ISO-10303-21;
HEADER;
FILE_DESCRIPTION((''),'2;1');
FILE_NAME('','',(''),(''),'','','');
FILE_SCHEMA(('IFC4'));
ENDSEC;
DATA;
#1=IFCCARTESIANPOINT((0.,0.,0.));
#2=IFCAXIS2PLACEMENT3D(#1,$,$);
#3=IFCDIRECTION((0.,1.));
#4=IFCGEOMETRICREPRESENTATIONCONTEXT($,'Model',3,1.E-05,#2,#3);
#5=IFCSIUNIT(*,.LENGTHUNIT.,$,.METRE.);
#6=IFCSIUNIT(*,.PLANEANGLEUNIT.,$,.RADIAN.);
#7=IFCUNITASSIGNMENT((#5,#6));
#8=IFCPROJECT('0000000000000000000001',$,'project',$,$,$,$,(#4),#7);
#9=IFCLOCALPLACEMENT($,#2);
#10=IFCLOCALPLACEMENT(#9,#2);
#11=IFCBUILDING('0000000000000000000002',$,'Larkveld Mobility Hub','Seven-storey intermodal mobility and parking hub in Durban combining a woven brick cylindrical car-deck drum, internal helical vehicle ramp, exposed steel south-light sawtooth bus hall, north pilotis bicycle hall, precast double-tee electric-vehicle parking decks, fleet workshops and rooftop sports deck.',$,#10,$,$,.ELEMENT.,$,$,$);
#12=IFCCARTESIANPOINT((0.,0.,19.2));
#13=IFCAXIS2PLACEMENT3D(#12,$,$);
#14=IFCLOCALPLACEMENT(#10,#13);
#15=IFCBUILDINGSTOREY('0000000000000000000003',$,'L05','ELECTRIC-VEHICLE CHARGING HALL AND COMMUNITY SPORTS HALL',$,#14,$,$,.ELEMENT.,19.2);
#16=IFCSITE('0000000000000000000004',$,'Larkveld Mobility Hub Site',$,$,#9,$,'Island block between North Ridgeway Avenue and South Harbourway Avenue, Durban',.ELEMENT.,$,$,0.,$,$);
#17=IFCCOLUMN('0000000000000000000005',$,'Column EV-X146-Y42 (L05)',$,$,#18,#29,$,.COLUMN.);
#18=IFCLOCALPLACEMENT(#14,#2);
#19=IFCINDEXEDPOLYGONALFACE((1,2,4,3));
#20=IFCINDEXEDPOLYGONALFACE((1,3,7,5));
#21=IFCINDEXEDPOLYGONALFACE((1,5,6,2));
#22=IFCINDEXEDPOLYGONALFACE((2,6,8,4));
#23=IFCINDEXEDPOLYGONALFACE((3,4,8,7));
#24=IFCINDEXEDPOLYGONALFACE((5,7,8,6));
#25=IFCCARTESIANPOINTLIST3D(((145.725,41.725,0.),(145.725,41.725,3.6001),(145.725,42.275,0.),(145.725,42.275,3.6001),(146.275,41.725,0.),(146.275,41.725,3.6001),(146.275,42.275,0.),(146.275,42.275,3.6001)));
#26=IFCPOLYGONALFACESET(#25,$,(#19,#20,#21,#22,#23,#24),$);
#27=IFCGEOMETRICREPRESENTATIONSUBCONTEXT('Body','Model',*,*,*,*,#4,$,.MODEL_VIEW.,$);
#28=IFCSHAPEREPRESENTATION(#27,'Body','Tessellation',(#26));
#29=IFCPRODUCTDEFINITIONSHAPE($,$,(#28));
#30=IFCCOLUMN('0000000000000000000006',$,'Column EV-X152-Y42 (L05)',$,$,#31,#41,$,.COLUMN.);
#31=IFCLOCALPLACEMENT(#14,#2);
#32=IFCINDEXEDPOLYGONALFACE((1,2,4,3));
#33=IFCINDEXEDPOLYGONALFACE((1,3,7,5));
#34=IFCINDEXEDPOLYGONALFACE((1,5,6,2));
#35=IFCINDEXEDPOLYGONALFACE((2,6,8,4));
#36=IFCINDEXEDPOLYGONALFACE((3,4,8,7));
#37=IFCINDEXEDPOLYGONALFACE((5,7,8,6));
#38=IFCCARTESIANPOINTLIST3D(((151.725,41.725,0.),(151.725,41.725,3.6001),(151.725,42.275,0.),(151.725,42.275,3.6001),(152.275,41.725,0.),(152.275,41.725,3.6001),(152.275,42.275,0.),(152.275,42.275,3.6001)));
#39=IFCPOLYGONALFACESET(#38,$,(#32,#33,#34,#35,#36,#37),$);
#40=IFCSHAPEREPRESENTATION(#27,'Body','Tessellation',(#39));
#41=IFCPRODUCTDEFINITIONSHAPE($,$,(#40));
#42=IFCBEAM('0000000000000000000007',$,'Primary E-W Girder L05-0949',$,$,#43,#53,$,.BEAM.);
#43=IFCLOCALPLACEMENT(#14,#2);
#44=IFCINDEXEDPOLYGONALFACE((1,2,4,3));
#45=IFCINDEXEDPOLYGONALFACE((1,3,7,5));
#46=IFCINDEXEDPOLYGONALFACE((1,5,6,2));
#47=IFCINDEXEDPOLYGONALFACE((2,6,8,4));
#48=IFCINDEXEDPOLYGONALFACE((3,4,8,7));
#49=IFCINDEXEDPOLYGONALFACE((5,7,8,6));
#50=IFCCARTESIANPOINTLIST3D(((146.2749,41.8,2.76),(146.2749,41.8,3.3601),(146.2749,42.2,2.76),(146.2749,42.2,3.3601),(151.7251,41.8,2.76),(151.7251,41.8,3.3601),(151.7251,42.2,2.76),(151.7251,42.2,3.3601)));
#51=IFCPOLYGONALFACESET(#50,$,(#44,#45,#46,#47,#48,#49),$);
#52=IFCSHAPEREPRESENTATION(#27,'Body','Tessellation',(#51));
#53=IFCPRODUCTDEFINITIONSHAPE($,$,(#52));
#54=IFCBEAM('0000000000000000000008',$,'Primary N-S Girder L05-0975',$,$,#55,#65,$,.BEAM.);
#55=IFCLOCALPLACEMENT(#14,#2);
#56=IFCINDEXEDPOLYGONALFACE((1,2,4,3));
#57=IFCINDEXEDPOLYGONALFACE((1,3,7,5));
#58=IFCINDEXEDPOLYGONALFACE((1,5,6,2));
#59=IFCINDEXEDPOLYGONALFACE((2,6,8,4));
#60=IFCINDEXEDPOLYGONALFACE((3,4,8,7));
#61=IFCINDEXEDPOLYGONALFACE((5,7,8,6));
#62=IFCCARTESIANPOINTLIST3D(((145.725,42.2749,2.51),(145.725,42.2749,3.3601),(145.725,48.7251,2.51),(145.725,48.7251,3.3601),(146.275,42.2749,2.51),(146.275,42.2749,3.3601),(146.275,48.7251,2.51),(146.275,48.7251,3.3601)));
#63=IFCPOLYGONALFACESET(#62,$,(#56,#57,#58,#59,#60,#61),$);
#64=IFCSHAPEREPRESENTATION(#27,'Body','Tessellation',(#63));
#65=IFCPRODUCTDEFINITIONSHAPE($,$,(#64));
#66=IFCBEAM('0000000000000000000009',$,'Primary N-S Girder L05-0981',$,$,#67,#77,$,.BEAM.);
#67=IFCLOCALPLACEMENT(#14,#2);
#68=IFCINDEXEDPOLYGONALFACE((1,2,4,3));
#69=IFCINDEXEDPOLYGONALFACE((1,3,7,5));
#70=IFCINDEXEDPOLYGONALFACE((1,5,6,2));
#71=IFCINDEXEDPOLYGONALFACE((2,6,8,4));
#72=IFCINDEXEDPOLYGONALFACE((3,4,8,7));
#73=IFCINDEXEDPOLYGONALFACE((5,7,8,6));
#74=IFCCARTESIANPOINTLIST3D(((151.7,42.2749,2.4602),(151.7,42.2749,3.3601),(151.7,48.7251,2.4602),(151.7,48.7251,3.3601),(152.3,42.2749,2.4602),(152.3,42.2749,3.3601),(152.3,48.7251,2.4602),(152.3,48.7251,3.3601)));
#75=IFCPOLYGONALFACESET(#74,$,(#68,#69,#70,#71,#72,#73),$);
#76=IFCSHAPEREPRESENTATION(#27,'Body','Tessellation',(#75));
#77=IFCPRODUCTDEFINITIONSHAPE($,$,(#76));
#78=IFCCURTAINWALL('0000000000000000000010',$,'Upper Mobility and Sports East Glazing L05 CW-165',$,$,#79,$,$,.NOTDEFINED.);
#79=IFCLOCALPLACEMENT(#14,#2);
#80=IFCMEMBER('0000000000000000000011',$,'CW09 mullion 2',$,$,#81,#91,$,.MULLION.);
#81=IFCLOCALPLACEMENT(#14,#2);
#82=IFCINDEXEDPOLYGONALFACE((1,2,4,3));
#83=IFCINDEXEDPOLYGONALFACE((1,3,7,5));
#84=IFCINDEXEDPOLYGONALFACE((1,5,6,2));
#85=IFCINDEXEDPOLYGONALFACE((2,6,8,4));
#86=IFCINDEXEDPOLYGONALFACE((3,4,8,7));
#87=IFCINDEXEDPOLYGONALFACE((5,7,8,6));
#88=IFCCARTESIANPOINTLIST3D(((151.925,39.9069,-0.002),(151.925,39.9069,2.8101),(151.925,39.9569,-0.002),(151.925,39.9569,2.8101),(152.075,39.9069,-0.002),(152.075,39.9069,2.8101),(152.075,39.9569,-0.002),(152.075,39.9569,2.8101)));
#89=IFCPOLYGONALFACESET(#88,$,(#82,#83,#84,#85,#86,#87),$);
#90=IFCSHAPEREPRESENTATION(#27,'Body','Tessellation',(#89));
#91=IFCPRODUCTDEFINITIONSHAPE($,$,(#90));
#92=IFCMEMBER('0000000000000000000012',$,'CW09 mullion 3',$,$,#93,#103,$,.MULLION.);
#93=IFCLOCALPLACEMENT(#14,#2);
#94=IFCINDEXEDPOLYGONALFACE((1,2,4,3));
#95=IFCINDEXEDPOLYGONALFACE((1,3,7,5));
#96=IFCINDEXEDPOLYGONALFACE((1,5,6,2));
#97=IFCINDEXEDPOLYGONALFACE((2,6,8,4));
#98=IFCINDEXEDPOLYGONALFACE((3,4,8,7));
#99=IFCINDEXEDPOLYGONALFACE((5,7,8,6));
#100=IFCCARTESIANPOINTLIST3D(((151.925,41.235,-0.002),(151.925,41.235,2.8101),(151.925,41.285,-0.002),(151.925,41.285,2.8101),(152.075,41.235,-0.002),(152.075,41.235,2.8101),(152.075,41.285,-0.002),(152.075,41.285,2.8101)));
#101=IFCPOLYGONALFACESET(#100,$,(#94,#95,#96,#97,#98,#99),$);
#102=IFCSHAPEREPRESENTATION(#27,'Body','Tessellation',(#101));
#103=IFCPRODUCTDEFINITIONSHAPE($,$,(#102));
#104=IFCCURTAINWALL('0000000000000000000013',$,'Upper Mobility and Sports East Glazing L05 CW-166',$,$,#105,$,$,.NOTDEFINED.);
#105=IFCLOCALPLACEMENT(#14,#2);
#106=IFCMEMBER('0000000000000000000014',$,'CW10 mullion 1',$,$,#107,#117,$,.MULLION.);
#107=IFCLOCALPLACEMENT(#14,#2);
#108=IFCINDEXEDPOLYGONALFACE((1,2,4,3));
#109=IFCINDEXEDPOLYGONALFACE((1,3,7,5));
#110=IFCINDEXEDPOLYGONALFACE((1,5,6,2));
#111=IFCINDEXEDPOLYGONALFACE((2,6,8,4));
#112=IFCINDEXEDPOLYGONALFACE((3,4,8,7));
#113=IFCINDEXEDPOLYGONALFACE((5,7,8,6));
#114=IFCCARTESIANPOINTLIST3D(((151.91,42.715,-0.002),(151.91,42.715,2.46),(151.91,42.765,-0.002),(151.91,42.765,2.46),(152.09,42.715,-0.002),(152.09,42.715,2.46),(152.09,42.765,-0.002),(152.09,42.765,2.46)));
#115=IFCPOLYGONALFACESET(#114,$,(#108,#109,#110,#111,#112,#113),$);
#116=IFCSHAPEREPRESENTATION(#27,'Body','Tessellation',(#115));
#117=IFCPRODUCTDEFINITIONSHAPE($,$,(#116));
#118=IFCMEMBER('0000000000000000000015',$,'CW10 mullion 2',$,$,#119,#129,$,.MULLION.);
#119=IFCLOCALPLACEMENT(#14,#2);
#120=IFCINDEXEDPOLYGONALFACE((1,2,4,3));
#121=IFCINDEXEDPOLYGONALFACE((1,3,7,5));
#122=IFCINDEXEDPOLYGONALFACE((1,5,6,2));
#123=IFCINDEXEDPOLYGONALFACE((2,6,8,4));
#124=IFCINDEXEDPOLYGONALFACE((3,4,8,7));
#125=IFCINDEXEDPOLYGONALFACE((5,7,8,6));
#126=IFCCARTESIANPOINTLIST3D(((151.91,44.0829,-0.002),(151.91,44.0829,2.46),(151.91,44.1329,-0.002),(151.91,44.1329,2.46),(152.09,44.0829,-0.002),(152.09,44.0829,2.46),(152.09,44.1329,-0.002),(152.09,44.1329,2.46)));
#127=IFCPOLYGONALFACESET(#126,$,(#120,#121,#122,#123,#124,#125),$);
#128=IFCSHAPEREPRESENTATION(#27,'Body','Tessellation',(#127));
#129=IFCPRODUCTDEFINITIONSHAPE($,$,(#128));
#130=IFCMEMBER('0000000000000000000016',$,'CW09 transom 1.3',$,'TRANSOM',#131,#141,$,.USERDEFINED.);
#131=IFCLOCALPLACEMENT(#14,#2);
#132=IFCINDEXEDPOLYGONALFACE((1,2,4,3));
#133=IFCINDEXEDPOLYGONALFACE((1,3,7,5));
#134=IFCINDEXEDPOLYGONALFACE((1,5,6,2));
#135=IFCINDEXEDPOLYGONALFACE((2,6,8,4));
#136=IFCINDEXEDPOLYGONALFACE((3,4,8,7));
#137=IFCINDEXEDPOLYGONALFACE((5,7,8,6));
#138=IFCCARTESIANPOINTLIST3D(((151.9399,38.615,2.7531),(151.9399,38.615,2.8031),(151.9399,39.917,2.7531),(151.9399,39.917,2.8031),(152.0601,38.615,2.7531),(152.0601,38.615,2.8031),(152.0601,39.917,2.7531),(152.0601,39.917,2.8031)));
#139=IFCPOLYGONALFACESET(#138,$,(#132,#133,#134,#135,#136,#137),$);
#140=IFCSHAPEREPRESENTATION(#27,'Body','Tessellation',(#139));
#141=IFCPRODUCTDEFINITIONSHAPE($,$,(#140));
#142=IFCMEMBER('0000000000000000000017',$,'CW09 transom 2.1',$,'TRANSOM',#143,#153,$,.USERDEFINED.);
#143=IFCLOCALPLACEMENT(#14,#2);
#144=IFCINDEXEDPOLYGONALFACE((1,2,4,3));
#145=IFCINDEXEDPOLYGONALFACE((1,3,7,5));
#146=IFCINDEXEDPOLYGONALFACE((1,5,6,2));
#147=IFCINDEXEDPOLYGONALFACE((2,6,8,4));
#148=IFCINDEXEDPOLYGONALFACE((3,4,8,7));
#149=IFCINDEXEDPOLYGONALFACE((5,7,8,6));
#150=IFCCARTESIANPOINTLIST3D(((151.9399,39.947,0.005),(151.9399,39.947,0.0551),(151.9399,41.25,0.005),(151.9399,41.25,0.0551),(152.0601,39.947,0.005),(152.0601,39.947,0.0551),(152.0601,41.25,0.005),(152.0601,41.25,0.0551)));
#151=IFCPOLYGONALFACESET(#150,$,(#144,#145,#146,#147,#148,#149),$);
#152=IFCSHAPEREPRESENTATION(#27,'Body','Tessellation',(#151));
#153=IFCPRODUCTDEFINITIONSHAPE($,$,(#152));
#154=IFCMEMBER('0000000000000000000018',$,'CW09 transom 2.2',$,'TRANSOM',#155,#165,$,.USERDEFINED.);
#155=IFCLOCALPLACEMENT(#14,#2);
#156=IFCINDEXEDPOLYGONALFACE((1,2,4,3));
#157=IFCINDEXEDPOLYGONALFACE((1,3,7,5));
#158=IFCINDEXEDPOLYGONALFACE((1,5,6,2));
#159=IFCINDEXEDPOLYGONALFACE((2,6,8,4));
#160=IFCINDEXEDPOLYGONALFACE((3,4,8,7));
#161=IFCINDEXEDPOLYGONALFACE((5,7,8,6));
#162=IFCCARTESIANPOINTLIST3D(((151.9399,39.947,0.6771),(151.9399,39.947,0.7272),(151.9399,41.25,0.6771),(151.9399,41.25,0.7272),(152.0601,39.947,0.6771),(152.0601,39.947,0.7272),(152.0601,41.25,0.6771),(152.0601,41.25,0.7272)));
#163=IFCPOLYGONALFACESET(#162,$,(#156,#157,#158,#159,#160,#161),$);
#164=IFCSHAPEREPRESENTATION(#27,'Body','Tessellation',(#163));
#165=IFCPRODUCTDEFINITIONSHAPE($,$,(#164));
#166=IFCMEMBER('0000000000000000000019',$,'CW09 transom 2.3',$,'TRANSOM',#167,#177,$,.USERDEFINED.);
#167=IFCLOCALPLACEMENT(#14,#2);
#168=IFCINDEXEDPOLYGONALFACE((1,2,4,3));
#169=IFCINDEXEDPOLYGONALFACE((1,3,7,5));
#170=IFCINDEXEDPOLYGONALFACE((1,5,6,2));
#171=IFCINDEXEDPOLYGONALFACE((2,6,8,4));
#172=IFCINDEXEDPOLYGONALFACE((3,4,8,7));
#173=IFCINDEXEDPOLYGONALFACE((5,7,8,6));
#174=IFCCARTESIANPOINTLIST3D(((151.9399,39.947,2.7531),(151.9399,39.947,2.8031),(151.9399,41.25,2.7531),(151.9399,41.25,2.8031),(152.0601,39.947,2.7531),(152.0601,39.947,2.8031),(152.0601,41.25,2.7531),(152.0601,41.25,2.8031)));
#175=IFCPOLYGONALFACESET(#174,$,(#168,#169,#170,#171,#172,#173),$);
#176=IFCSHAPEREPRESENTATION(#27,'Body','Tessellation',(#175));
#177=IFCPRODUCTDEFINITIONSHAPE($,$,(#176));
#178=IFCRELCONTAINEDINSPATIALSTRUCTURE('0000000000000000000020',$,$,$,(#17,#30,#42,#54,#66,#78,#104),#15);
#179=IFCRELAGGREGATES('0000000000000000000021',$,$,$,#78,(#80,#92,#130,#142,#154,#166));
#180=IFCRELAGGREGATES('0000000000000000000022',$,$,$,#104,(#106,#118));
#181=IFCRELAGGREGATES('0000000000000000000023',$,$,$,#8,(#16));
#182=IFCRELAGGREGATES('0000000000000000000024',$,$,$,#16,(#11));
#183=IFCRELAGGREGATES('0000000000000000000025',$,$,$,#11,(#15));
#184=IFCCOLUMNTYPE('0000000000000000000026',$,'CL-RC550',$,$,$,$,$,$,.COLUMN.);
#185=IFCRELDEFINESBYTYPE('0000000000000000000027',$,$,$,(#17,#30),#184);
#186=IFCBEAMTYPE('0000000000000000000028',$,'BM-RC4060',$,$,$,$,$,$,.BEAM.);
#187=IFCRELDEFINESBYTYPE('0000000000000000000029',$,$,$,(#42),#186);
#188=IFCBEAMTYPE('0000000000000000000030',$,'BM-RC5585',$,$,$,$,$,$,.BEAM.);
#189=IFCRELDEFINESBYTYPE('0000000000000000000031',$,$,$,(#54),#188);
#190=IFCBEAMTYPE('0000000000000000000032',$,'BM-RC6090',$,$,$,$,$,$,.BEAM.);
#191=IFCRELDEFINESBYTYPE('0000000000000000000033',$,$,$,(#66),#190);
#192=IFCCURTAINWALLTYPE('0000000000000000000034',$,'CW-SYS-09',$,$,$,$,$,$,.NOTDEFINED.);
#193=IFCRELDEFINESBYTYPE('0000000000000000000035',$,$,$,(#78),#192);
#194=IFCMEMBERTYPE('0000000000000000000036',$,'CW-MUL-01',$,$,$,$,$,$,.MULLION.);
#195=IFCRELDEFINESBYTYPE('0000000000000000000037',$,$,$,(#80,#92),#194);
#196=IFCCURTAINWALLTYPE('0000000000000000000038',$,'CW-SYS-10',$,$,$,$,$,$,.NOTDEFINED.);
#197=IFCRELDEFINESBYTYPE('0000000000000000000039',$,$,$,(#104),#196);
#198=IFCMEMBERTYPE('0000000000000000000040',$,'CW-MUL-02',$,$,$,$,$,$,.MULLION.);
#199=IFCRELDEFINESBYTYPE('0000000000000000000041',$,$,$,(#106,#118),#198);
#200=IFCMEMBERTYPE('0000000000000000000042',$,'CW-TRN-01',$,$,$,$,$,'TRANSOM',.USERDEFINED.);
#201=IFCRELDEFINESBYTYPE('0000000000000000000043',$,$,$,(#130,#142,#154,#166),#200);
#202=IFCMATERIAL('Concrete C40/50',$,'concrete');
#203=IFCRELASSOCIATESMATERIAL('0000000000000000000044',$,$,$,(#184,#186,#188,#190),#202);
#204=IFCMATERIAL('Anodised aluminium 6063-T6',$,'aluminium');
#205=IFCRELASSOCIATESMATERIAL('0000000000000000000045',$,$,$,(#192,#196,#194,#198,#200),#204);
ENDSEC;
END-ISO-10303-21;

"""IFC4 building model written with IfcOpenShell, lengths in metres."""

from ifc_helpers import new_model, si_unit, direction, frame, origin, origin_2d, place, context, subcontext, project, spatial, rectangle, extrude, material, material_profile, profile_set, type_object, element, aggregate, save


model = new_model("IFC4")

# Units and contexts
model_context = context("Model", 3, precision=1e-05, world=origin(), true_north=direction((0.0, 1.0)))
body_context = subcontext(model_context, "Body", "Model", "MODEL_VIEW")
ifc_project = project(units=[si_unit("LENGTHUNIT", "METRE"), si_unit("PLANEANGLEUNIT", "RADIAN")], contexts=[model_context])

# Site, building, storey
site_placement = place(None, origin())
site = spatial("IfcSite", under=ifc_project, at=site_placement, Name="Larkveld Mobility Hub Site", LongName="Island block between North Ridgeway Avenue and South Harbourway Avenue, Durban", CompositionType="ELEMENT", RefElevation=0.0)
building_placement = place(site_placement, origin())
building = spatial("IfcBuilding", under=site, at=building_placement, Name="Larkveld Mobility Hub", Description="Seven-storey intermodal mobility and parking hub in Durban combining a woven brick cylindrical car-deck drum, internal helical vehicle ramp, exposed steel south-light sawtooth bus hall, north pilotis bicycle hall, precast double-tee electric-vehicle parking decks, fleet workshops and rooftop sports deck.", CompositionType="ELEMENT")
storey_placement = place(building_placement, frame((0.0, 0.0, 19.2)))
storey = spatial("IfcBuildingStorey", under=building, at=storey_placement, Name="L05", Description="ELECTRIC-VEHICLE CHARGING HALL AND COMMUNITY SPORTS HALL", CompositionType="ELEMENT", Elevation=19.2)

# Columns
ifc_material_1 = material(Name="Concrete C40/50", Category="concrete")
ifc_material_profile_1 = material_profile(ifc_material_1, rectangle(XDim=0.55, YDim=0.55, at=origin_2d()), Name="RC COL 550x550")
ifc_profile_set_1 = profile_set([ifc_material_profile_1], Name="Concrete C40/50")
column_type = type_object("IfcColumnType", Name="CL-RC550", PredefinedType="COLUMN", material=ifc_profile_set_1)
for number, where, z_axis, x_axis, name in (
    (1, (146.0, 42.0, 0.0), (0.0, 0.0, 1.0), (1.0, 0.0, 0.0), "Column EV-X146-Y42 (L05)"),
    (2, (152.0, 42.0, 0.0), (0.0, 0.0, 1.0), (1.0, 0.0, 0.0), "Column EV-X152-Y42 (L05)"),
):
    element("IfcColumn", number, at=place(storey_placement, frame(where, z_axis=z_axis, x_axis=x_axis)), inside=storey, type_object=column_type, Name=name, PredefinedType="COLUMN", context=body_context, shape_type="SweptSolid", body=[
        extrude(rectangle(XDim=0.55, YDim=0.55, at=origin_2d()), origin(), (0.0, 0.0, 1.0), 3.6001),
    ])

# Beams
ifc_material_profile_2 = material_profile(ifc_material_1, rectangle(XDim=0.3999, YDim=0.6001, at=origin_2d()), Name="RC BM 400x600")
ifc_profile_set_2 = profile_set([ifc_material_profile_2], Name="Concrete C40/50")
beam_type_1 = type_object("IfcBeamType", Name="BM-RC4060", PredefinedType="BEAM", material=ifc_profile_set_2)
beam_1_placement = place(storey_placement, frame((146.2749, 42.0, 3.0601), z_axis=(1.0, 0.0, 0.0), x_axis=(0.0, 1.0, 0.0)))
element("IfcBeam", 3, at=beam_1_placement, inside=storey, type_object=beam_type_1, Name="Primary E-W Girder L05-0949", PredefinedType="BEAM", context=body_context, shape_type="SweptSolid", body=[
    extrude(rectangle(XDim=0.3999, YDim=0.6001, at=origin_2d()), origin(), (0.0, 0.0, 1.0), 5.4502),
])
ifc_material_profile_3 = material_profile(ifc_material_1, rectangle(XDim=0.55, YDim=0.8501, at=origin_2d()), Name="RC BM 550x850")
ifc_profile_set_3 = profile_set([ifc_material_profile_3], Name="Concrete C40/50")
beam_type_2 = type_object("IfcBeamType", Name="BM-RC5585", PredefinedType="BEAM", material=ifc_profile_set_3)
beam_2_placement = place(storey_placement, frame((146.0, 42.2749, 2.9351), z_axis=(0.0, 1.0, 0.0), x_axis=(-1.0, 0.0, 0.0)))
element("IfcBeam", 4, at=beam_2_placement, inside=storey, type_object=beam_type_2, Name="Primary N-S Girder L05-0975", PredefinedType="BEAM", context=body_context, shape_type="SweptSolid", body=[
    extrude(rectangle(XDim=0.55, YDim=0.8501, at=origin_2d()), origin(), (0.0, 0.0, 1.0), 6.4502),
])
ifc_material_profile_4 = material_profile(ifc_material_1, rectangle(XDim=0.6001, YDim=0.8999, at=origin_2d()), Name="RC BM 600x900")
ifc_profile_set_4 = profile_set([ifc_material_profile_4], Name="Concrete C40/50")
beam_type_3 = type_object("IfcBeamType", Name="BM-RC6090", PredefinedType="BEAM", material=ifc_profile_set_4)
beam_3_placement = place(storey_placement, frame((152.0, 42.2749, 2.9102), z_axis=(0.0, 1.0, 0.0), x_axis=(-1.0, 0.0, 0.0)))
element("IfcBeam", 5, at=beam_3_placement, inside=storey, type_object=beam_type_3, Name="Primary N-S Girder L05-0981", PredefinedType="BEAM", context=body_context, shape_type="SweptSolid", body=[
    extrude(rectangle(XDim=0.6001, YDim=0.8999, at=origin_2d()), origin(), (0.0, 0.0, 1.0), 6.4502),
])

# Curtain walls, members
ifc_material_2 = material(Name="Anodised aluminium 6063-T6", Category="aluminium")
curtain_wall_type_1 = type_object("IfcCurtainWallType", Name="CW-SYS-09", PredefinedType="NOTDEFINED", material=ifc_material_2)
curtain_wall_1_placement = place(storey_placement, origin())
curtain_wall_1 = element("IfcCurtainWall", 6, at=curtain_wall_1_placement, inside=storey, type_object=curtain_wall_type_1, Name="Upper Mobility and Sports East Glazing L05 CW-165", PredefinedType="NOTDEFINED")
ifc_material_profile_5 = material_profile(ifc_material_2, rectangle(XDim=0.05, YDim=0.1499, at=origin_2d()), Name="ALU MULL 50x150")
ifc_profile_set_5 = profile_set([ifc_material_profile_5], Name="Anodised aluminium 6063-T6")
member_type_1 = type_object("IfcMemberType", Name="CW-MUL-01", PredefinedType="MULLION", material=ifc_profile_set_5)
member_1_placement = place(storey_placement, frame((152.0, 39.9319, -0.002), z_axis=(0.0, 0.0, 1.0), x_axis=(0.0, 1.0, 0.0)))
member_1 = element("IfcMember", 7, at=member_1_placement, type_object=member_type_1, Name="CW09 mullion 2", PredefinedType="MULLION", context=body_context, shape_type="SweptSolid", body=[
    extrude(rectangle(XDim=0.05, YDim=0.1499, at=origin_2d()), origin(), (0.0, 0.0, 1.0), 2.812),
])
member_2_placement = place(storey_placement, frame((152.0, 41.26, -0.002), z_axis=(0.0, 0.0, 1.0), x_axis=(0.0, 1.0, 0.0)))
member_2 = element("IfcMember", 8, at=member_2_placement, type_object=member_type_1, Name="CW09 mullion 3", PredefinedType="MULLION", context=body_context, shape_type="SweptSolid", body=[
    extrude(rectangle(XDim=0.05, YDim=0.1499, at=origin_2d()), origin(), (0.0, 0.0, 1.0), 2.812),
])
curtain_wall_type_2 = type_object("IfcCurtainWallType", Name="CW-SYS-10", PredefinedType="NOTDEFINED", material=ifc_material_2)
curtain_wall_2_placement = place(storey_placement, origin())
curtain_wall_2 = element("IfcCurtainWall", 9, at=curtain_wall_2_placement, inside=storey, type_object=curtain_wall_type_2, Name="Upper Mobility and Sports East Glazing L05 CW-166", PredefinedType="NOTDEFINED")
ifc_material_profile_6 = material_profile(ifc_material_2, rectangle(XDim=0.05, YDim=0.1799, at=origin_2d()), Name="ALU MULL 50x180")
ifc_profile_set_6 = profile_set([ifc_material_profile_6], Name="Anodised aluminium 6063-T6")
member_type_2 = type_object("IfcMemberType", Name="CW-MUL-02", PredefinedType="MULLION", material=ifc_profile_set_6)
member_3_placement = place(storey_placement, frame((152.0, 42.74, -0.002), z_axis=(0.0, 0.0, 1.0), x_axis=(0.0, 1.0, 0.0)))
member_3 = element("IfcMember", 10, at=member_3_placement, type_object=member_type_2, Name="CW10 mullion 1", PredefinedType="MULLION", context=body_context, shape_type="SweptSolid", body=[
    extrude(rectangle(XDim=0.05, YDim=0.1799, at=origin_2d()), origin(), (0.0, 0.0, 1.0), 2.4619),
])
member_4_placement = place(storey_placement, frame((152.0, 44.1079, -0.002), z_axis=(0.0, 0.0, 1.0), x_axis=(0.0, 1.0, 0.0)))
member_4 = element("IfcMember", 11, at=member_4_placement, type_object=member_type_2, Name="CW10 mullion 2", PredefinedType="MULLION", context=body_context, shape_type="SweptSolid", body=[
    extrude(rectangle(XDim=0.05, YDim=0.1799, at=origin_2d()), origin(), (0.0, 0.0, 1.0), 2.4619),
])

# Members
ifc_material_profile_7 = material_profile(ifc_material_2, rectangle(XDim=0.1201, YDim=0.05, at=origin_2d()), Name="ALU TRAN 50x120")
ifc_profile_set_7 = profile_set([ifc_material_profile_7], Name="Anodised aluminium 6063-T6")
member_type_3 = type_object("IfcMemberType", Name="CW-TRN-01", ElementType="TRANSOM", PredefinedType="USERDEFINED", material=ifc_profile_set_7)
member_5_placement = place(storey_placement, frame((152.0, 38.615, 2.7781), z_axis=(0.0, 1.0, 0.0), x_axis=(-1.0, 0.0, 0.0)))
member_5 = element("IfcMember", 12, at=member_5_placement, type_object=member_type_3, Name="CW09 transom 1.3", ObjectType="TRANSOM", PredefinedType="USERDEFINED", context=body_context, shape_type="SweptSolid", body=[
    extrude(rectangle(XDim=0.1201, YDim=0.05, at=origin_2d()), origin(), (0.0, 0.0, 1.0), 1.302),
])
member_6_placement = place(storey_placement, frame((152.0, 39.947, 0.03), z_axis=(0.0, 1.0, 0.0), x_axis=(-1.0, 0.0, 0.0)))
member_6 = element("IfcMember", 13, at=member_6_placement, type_object=member_type_3, Name="CW09 transom 2.1", ObjectType="TRANSOM", PredefinedType="USERDEFINED", context=body_context, shape_type="SweptSolid", body=[
    extrude(rectangle(XDim=0.1201, YDim=0.05, at=origin_2d()), origin(), (0.0, 0.0, 1.0), 1.303),
])
member_7_placement = place(storey_placement, frame((152.0, 39.947, 0.7021), z_axis=(0.0, 1.0, 0.0), x_axis=(-1.0, 0.0, 0.0)))
member_7 = element("IfcMember", 14, at=member_7_placement, type_object=member_type_3, Name="CW09 transom 2.2", ObjectType="TRANSOM", PredefinedType="USERDEFINED", context=body_context, shape_type="SweptSolid", body=[
    extrude(rectangle(XDim=0.1201, YDim=0.05, at=origin_2d()), origin(), (0.0, 0.0, 1.0), 1.303),
])
member_8_placement = place(storey_placement, frame((152.0, 39.947, 2.7781), z_axis=(0.0, 1.0, 0.0), x_axis=(-1.0, 0.0, 0.0)))
member_8 = element("IfcMember", 15, at=member_8_placement, type_object=member_type_3, Name="CW09 transom 2.3", ObjectType="TRANSOM", PredefinedType="USERDEFINED", context=body_context, shape_type="SweptSolid", body=[
    extrude(rectangle(XDim=0.1201, YDim=0.05, at=origin_2d()), origin(), (0.0, 0.0, 1.0), 1.303),
])

aggregate(curtain_wall_1, [member_1, member_2, member_5, member_6, member_7, member_8])
aggregate(curtain_wall_2, [member_3, member_4])

save(model, "model.ifc")
